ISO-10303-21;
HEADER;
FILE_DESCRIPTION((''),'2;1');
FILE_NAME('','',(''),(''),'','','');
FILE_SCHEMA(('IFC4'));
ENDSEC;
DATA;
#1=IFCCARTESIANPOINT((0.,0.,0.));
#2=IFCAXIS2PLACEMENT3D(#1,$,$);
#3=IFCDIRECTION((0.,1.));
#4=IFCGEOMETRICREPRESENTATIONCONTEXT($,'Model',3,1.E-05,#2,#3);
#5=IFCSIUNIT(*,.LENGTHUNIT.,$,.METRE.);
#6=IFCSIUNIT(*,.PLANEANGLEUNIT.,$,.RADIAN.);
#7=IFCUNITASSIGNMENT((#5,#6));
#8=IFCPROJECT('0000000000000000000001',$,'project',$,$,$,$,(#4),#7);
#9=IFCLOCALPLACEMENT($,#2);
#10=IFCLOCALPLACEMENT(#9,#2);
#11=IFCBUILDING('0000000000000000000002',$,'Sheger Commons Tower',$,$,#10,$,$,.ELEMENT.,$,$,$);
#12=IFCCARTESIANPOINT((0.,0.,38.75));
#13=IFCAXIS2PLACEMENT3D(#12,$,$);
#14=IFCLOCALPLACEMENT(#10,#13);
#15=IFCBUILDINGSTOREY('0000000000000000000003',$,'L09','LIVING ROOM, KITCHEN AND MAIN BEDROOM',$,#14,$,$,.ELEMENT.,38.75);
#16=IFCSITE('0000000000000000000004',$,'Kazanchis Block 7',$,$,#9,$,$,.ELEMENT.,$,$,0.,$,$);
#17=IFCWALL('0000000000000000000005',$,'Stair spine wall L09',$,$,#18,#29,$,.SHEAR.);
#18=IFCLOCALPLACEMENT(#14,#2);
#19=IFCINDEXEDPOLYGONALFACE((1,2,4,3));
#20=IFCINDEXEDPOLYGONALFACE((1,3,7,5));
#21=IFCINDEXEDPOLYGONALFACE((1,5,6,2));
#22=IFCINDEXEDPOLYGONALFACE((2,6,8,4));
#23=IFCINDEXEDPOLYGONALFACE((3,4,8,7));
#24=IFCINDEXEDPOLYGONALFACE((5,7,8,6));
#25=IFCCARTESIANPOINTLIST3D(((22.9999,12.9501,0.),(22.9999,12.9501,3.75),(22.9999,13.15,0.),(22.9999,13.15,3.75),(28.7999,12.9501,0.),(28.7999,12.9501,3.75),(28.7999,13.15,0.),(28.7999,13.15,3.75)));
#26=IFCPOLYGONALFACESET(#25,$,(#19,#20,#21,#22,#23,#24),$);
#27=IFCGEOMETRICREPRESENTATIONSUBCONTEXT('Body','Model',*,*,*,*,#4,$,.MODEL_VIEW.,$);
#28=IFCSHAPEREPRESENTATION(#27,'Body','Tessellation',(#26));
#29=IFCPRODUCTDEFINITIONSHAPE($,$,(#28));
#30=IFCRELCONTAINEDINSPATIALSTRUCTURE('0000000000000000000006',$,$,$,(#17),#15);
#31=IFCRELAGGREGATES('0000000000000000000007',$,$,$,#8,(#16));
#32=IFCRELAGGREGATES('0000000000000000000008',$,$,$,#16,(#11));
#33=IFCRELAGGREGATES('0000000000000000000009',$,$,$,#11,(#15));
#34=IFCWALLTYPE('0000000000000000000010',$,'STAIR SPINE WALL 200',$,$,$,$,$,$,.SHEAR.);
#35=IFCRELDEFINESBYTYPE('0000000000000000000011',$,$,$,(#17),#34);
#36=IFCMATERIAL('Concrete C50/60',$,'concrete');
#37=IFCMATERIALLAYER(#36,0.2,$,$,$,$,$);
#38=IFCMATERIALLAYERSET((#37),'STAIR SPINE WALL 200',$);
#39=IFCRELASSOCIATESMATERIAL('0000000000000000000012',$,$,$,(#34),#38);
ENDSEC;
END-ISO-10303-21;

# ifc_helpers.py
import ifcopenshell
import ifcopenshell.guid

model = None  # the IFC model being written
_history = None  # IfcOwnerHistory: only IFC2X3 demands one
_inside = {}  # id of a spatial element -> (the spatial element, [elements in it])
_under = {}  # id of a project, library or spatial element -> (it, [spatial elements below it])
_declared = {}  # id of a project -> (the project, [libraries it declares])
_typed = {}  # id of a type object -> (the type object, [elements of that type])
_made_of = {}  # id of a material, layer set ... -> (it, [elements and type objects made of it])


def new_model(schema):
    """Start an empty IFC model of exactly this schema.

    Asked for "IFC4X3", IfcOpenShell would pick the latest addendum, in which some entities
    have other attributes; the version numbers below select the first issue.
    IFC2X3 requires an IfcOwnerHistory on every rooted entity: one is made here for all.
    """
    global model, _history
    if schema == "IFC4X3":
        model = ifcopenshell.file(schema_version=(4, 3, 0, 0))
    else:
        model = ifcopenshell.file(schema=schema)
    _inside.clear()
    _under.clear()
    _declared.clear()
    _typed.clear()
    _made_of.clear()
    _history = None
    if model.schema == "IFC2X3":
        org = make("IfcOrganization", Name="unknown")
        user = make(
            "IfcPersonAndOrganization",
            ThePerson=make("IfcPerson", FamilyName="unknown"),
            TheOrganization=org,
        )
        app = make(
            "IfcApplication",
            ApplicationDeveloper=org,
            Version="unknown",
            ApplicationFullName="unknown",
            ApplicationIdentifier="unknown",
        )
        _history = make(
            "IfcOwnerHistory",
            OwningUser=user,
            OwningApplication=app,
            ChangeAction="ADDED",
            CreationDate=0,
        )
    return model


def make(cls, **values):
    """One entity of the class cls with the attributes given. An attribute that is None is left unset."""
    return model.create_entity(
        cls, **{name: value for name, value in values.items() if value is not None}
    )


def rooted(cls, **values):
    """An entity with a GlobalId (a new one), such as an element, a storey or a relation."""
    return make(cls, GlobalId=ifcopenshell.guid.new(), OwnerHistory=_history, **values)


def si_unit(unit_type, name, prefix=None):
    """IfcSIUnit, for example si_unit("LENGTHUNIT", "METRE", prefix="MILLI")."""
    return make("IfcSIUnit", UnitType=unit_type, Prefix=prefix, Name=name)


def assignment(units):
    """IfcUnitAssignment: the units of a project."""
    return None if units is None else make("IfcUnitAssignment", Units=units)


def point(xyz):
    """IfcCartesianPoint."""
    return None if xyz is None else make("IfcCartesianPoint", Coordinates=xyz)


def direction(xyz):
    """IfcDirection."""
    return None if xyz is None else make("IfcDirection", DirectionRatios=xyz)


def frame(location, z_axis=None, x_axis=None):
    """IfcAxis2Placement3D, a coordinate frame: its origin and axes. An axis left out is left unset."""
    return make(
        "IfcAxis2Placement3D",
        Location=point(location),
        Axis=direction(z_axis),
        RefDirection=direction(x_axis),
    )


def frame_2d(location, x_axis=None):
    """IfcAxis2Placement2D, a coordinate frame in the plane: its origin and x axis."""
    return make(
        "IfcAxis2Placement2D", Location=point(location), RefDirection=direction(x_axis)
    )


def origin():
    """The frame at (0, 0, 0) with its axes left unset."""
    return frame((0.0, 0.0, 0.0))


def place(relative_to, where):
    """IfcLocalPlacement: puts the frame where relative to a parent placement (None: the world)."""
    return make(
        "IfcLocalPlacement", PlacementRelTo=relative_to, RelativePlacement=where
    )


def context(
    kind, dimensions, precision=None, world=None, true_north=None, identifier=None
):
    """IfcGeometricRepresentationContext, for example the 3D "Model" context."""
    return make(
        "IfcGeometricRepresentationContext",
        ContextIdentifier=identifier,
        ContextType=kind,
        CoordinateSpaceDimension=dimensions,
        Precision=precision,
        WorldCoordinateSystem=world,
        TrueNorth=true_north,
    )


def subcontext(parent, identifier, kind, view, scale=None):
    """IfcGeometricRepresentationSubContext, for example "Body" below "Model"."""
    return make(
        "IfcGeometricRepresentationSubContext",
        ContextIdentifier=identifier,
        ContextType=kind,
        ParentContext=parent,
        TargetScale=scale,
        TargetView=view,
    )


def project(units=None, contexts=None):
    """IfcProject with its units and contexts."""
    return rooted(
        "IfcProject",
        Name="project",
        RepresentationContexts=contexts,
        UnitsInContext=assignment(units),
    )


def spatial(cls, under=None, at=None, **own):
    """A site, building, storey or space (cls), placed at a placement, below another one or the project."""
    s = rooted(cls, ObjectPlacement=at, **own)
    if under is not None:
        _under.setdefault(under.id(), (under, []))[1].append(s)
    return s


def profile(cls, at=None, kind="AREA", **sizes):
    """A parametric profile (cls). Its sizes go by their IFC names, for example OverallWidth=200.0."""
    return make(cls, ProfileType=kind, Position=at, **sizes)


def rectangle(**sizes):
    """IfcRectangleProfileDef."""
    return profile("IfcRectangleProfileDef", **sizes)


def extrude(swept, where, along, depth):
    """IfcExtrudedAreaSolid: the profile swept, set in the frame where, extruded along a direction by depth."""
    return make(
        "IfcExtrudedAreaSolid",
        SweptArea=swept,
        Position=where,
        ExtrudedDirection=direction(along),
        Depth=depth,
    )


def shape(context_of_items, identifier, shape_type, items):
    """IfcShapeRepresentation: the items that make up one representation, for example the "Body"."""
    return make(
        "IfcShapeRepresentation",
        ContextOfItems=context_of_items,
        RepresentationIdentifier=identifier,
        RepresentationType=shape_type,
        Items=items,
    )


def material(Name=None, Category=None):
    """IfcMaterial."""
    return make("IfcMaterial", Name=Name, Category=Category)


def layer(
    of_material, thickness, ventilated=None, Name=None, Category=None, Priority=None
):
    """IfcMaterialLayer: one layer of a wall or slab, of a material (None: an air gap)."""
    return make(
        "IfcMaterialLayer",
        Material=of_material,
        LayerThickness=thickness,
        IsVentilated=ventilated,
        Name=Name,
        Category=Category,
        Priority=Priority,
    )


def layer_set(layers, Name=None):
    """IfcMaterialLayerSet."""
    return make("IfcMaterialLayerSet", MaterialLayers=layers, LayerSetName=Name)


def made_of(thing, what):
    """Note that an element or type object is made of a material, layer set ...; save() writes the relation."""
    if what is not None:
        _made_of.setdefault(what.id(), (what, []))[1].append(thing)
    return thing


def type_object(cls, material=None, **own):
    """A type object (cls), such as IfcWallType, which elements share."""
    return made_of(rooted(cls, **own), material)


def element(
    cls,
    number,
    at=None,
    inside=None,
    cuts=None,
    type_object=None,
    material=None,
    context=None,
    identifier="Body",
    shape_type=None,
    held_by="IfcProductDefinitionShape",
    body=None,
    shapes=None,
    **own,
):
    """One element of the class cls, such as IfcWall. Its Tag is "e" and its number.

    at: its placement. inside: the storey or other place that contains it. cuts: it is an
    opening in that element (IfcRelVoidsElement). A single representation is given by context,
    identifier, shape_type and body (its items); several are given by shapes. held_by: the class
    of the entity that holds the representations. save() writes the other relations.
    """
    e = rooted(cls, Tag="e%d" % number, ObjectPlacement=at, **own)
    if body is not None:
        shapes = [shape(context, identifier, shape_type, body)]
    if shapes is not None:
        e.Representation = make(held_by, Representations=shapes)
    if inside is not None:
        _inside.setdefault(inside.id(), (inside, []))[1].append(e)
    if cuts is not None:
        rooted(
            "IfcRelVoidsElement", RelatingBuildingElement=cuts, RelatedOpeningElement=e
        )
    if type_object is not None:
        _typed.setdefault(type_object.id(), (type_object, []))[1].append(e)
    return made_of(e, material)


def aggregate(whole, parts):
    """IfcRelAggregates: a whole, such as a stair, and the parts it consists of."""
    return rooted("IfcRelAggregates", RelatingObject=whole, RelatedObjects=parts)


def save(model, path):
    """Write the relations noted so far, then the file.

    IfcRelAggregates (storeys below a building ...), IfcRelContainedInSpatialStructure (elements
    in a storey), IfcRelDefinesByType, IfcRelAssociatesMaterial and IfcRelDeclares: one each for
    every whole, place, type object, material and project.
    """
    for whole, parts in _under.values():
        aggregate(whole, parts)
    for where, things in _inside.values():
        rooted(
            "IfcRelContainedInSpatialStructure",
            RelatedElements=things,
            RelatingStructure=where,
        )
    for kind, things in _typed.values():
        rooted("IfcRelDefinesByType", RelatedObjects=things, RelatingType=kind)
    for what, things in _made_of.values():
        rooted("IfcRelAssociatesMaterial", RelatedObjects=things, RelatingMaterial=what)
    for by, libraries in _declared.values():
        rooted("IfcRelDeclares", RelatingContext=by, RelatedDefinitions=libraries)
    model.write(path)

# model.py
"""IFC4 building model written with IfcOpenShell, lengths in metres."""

from ifc_helpers import new_model, si_unit, direction, frame, frame_2d, origin, place, context, subcontext, project, spatial, rectangle, extrude, material, layer, layer_set, type_object, element, save


model = new_model("IFC4")

# Units and contexts
model_context = context("Model", 3, precision=1e-05, world=origin(), true_north=direction((0.0, 1.0)))
body_context = subcontext(model_context, "Body", "Model", "MODEL_VIEW")
ifc_project = project(units=[si_unit("LENGTHUNIT", "METRE"), si_unit("PLANEANGLEUNIT", "RADIAN")], contexts=[model_context])

# Site, building, storey
site_placement = place(None, origin())
site = spatial("IfcSite", under=ifc_project, at=site_placement, Name="Kazanchis Block 7", CompositionType="ELEMENT", RefElevation=0.0)
building_placement = place(site_placement, origin())
building = spatial("IfcBuilding", under=site, at=building_placement, Name="Sheger Commons Tower", CompositionType="ELEMENT")
storey_placement = place(building_placement, frame((0.0, 0.0, 38.75)))
storey = spatial("IfcBuildingStorey", under=building, at=storey_placement, Name="L09", Description="LIVING ROOM, KITCHEN AND MAIN BEDROOM", CompositionType="ELEMENT", Elevation=38.75)

# Wall
ifc_material_1 = material(Name="Concrete C50/60", Category="concrete")
ifc_layer_1 = layer(ifc_material_1, 0.2)
ifc_layer_set_1 = layer_set([ifc_layer_1], Name="STAIR SPINE WALL 200")
wall_type_1 = type_object("IfcWallType", Name="STAIR SPINE WALL 200", PredefinedType="SHEAR", material=ifc_layer_set_1)
wall_1_placement = place(storey_placement, frame((23.0, 13.05, 0.0), z_axis=(0.0, 0.0, 1.0), x_axis=(1.0, 0.0, 0.0)))
element("IfcWall", 1, at=wall_1_placement, inside=storey, type_object=wall_type_1, Name="Stair spine wall L09", PredefinedType="SHEAR", context=body_context, shape_type="SweptSolid", body=[
    extrude(rectangle(XDim=5.8, YDim=0.2, at=frame_2d((2.8999, 0.0))), origin(), (0.0, 0.0, 1.0), 3.75),
])

save(model, "model.ifc")
